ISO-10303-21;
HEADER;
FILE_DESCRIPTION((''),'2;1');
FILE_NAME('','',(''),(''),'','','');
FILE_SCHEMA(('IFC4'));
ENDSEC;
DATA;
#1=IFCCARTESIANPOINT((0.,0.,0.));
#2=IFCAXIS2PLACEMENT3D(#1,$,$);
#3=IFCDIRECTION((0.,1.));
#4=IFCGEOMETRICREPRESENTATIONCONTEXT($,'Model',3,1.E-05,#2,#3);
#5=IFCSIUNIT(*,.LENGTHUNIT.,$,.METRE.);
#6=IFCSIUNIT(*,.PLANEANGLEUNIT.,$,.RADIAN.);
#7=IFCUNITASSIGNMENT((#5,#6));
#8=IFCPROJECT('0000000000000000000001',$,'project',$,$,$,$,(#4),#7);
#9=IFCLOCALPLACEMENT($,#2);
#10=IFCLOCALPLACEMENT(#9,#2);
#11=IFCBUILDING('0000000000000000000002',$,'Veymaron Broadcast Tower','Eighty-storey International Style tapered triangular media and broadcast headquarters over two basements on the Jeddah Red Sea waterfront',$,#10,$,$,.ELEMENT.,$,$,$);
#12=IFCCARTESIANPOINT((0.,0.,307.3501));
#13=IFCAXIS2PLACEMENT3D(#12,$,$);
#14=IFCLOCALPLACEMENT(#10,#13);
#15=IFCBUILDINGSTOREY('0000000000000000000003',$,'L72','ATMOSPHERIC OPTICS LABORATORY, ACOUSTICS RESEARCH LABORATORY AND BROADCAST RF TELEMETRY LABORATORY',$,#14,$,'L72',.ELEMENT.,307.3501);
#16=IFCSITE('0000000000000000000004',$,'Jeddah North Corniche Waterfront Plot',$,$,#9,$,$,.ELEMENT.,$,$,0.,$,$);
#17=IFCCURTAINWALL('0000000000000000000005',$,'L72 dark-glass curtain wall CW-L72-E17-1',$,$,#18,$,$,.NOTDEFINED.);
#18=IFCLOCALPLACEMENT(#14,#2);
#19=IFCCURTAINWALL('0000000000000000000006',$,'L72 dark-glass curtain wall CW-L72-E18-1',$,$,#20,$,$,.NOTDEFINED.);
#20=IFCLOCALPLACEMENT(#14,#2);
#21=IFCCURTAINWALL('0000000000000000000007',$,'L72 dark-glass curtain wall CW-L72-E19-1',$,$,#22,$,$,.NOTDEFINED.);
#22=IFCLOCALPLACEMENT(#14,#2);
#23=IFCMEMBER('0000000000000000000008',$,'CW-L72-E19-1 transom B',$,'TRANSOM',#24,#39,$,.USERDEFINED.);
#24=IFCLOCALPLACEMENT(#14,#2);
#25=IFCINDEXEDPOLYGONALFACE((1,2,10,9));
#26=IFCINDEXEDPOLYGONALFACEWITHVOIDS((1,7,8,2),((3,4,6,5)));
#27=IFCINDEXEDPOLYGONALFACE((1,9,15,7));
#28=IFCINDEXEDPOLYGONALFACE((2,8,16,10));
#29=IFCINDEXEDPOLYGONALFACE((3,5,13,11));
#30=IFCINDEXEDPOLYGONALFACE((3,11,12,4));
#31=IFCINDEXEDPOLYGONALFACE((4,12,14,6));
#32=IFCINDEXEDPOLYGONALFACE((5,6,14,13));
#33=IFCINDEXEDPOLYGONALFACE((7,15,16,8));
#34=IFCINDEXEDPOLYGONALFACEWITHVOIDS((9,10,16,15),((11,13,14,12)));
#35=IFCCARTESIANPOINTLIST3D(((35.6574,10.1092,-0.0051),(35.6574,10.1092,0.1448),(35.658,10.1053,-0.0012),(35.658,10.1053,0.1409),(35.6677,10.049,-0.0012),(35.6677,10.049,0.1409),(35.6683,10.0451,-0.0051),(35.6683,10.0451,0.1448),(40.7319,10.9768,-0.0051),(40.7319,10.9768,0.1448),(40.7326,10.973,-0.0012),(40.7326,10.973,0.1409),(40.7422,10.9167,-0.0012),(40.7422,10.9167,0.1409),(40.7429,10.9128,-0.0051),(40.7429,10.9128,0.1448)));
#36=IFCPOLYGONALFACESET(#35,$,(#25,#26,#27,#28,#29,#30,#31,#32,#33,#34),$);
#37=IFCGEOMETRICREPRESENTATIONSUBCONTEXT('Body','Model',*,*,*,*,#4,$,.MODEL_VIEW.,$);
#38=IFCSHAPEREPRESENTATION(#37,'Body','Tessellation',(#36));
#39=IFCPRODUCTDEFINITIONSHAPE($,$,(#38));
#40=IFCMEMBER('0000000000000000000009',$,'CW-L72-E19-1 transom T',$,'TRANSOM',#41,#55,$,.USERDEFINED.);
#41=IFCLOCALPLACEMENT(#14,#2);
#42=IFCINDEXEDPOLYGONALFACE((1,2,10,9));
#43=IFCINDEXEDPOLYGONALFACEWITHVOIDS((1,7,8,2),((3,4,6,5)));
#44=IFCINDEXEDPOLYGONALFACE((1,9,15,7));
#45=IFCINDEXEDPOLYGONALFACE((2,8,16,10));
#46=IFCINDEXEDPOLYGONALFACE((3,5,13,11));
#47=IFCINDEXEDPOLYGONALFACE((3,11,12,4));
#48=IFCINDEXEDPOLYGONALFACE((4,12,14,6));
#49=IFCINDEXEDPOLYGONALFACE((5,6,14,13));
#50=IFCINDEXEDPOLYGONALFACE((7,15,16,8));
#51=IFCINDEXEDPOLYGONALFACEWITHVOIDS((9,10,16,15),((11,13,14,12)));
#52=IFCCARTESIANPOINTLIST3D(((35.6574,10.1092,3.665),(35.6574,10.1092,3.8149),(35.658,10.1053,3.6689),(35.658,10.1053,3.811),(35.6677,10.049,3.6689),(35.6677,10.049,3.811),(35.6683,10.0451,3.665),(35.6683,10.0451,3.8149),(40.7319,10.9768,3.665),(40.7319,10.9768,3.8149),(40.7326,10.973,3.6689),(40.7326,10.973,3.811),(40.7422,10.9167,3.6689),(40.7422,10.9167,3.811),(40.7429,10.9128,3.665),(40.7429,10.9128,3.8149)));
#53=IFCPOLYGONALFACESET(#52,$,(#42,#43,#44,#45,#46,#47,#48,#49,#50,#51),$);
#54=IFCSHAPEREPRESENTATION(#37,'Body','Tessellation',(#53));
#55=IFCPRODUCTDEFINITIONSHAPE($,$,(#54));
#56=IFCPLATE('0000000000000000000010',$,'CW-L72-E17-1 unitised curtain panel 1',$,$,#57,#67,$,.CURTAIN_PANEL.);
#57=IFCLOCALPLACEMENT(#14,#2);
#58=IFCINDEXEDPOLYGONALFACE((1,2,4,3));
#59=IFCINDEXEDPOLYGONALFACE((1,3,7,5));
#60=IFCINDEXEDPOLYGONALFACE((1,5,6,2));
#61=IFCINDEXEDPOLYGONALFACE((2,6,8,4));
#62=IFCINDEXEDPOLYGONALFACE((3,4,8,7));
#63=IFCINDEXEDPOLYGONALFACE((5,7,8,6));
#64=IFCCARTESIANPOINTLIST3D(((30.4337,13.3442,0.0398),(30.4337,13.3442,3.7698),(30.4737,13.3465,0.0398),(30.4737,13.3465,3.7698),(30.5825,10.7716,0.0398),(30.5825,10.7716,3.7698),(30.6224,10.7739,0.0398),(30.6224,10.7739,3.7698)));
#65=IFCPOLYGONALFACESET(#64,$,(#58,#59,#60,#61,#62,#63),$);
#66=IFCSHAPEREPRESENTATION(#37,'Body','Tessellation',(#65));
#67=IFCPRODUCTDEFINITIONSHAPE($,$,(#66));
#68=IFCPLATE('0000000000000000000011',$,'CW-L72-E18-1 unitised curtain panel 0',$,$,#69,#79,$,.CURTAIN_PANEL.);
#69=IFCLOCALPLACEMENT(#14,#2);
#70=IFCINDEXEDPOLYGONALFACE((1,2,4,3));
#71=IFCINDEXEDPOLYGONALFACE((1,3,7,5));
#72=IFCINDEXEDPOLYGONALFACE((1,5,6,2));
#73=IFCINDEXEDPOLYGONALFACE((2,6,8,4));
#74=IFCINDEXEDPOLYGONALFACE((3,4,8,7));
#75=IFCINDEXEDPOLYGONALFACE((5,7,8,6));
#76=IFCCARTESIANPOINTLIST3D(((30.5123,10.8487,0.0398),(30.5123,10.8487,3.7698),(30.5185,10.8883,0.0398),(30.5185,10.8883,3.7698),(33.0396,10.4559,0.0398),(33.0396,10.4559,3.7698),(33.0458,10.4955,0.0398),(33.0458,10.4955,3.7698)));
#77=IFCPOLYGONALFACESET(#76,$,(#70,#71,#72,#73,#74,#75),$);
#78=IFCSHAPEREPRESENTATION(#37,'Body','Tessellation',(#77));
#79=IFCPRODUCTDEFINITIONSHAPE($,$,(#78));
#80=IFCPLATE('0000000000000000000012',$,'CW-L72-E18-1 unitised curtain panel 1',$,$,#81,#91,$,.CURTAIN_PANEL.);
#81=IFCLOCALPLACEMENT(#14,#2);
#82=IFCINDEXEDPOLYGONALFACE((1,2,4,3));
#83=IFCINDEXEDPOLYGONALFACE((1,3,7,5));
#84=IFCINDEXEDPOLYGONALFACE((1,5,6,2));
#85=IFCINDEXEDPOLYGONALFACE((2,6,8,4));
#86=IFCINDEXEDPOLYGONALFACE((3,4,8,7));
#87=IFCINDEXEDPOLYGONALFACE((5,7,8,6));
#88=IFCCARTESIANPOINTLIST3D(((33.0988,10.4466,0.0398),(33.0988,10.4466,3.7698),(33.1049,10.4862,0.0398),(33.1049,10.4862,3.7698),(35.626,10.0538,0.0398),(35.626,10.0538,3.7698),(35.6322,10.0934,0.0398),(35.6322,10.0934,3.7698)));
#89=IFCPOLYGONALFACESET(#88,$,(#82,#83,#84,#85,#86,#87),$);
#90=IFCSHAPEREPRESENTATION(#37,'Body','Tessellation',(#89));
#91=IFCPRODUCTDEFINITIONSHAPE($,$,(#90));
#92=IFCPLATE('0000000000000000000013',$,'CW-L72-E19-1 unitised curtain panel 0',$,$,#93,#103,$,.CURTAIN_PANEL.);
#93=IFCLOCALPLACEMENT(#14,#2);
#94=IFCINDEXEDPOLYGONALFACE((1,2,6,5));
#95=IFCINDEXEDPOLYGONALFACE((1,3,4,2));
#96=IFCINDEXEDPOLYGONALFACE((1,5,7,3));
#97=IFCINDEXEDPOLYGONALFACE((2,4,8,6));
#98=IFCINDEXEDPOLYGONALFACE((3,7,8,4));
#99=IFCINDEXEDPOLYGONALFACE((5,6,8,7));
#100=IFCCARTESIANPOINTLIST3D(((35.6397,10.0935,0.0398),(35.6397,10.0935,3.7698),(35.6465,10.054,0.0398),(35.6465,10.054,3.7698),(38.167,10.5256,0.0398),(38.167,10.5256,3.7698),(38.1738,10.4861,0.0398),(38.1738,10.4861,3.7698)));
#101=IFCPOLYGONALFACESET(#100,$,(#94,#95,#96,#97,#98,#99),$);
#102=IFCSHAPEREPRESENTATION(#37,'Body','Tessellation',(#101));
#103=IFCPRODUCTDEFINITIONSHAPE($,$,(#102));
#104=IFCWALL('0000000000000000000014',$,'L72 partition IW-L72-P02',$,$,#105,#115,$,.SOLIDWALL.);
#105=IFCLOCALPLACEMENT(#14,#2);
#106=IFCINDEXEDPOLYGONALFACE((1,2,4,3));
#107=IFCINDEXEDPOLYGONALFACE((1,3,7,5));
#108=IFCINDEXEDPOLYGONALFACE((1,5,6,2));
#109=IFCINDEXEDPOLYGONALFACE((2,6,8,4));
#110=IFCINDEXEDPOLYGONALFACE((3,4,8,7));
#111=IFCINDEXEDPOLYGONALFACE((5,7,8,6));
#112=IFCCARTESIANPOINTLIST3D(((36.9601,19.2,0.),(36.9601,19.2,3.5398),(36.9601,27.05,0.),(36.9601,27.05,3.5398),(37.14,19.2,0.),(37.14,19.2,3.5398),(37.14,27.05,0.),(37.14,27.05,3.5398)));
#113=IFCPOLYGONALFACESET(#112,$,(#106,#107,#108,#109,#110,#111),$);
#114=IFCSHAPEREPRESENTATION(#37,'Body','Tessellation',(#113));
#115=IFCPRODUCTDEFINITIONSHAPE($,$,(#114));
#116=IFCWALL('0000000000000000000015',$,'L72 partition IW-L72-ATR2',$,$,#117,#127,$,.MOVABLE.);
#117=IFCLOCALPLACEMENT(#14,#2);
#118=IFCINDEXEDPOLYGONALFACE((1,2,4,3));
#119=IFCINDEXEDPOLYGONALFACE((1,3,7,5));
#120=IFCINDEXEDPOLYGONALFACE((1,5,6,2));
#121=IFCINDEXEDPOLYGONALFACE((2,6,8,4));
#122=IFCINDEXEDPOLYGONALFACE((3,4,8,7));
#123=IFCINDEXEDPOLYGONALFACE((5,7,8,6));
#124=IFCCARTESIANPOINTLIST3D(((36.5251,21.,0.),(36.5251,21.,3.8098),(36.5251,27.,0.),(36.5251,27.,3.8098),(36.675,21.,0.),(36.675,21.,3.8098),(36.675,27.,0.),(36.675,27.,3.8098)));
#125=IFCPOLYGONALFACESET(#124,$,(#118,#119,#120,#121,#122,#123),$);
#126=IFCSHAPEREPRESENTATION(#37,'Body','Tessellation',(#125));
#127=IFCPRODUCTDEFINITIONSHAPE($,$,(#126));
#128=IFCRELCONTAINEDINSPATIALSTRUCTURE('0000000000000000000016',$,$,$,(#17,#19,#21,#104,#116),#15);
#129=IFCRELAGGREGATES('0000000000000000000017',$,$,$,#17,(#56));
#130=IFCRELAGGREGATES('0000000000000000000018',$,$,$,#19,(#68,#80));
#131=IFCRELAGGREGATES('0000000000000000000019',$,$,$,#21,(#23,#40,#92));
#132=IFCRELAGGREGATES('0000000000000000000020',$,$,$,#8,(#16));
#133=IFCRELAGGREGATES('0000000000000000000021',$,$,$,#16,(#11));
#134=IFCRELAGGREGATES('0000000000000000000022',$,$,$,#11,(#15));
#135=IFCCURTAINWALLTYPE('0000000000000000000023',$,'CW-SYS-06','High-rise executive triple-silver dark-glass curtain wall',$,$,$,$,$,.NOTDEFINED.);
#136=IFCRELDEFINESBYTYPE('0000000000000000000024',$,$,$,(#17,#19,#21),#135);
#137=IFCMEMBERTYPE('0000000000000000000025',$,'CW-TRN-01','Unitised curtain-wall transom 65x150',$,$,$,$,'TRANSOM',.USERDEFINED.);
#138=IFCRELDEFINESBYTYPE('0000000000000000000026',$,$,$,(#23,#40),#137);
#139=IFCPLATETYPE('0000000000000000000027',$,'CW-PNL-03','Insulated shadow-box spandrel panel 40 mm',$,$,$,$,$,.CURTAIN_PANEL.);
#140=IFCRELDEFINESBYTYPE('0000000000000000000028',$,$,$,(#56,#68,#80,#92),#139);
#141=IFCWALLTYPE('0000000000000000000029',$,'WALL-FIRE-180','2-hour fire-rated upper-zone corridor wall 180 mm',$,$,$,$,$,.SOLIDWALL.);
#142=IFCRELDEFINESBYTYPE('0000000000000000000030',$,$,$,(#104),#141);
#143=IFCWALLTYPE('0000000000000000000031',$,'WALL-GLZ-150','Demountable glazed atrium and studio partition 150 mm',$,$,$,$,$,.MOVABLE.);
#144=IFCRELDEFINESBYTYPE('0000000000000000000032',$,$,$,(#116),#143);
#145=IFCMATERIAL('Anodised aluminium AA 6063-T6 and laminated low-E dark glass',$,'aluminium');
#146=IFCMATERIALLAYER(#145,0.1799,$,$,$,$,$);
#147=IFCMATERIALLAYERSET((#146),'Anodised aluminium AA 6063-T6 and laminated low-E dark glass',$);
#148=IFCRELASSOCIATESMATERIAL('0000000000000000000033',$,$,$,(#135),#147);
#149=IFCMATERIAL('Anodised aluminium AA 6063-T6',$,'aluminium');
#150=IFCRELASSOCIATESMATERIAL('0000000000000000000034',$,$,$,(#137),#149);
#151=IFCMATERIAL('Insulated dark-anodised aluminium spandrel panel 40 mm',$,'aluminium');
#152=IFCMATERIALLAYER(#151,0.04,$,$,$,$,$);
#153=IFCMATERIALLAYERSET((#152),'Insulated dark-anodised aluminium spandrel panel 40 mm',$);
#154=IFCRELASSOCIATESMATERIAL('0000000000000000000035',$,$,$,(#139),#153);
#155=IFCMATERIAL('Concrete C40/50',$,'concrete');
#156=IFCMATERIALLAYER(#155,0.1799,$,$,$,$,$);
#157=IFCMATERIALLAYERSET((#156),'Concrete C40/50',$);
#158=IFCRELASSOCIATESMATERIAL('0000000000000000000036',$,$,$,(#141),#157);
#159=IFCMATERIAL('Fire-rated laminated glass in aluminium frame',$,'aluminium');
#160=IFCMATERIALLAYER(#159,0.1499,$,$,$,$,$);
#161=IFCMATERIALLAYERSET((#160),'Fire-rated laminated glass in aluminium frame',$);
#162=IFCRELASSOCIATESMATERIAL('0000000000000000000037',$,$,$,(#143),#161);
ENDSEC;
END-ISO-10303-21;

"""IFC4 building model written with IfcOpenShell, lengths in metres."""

from ifc_helpers import new_model, si_unit, direction, frame, frame_2d, origin, origin_2d, place, context, subcontext, project, spatial, rectangle, hollow_rectangle, extrude, material, layer, layer_set, material_profile, profile_set, type_object, element, aggregate, save


model = new_model("IFC4")

# Units and contexts
model_context = context("Model", 3, precision=1e-05, world=origin(), true_north=direction((0.0, 1.0)))
body_context = subcontext(model_context, "Body", "Model", "MODEL_VIEW")
ifc_project = project(units=[si_unit("LENGTHUNIT", "METRE"), si_unit("PLANEANGLEUNIT", "RADIAN")], contexts=[model_context])

# Site, building, storey
site_placement = place(None, origin())
site = spatial("IfcSite", under=ifc_project, at=site_placement, Name="Jeddah North Corniche Waterfront Plot", CompositionType="ELEMENT", RefElevation=0.0)
building_placement = place(site_placement, origin())
building = spatial("IfcBuilding", under=site, at=building_placement, Name="Veymaron Broadcast Tower", Description="Eighty-storey International Style tapered triangular media and broadcast headquarters over two basements on the Jeddah Red Sea waterfront", CompositionType="ELEMENT")
storey_placement = place(building_placement, frame((0.0, 0.0, 307.3501)))
storey = spatial("IfcBuildingStorey", under=building, at=storey_placement, Name="L72", Description="ATMOSPHERIC OPTICS LABORATORY, ACOUSTICS RESEARCH LABORATORY AND BROADCAST RF TELEMETRY LABORATORY", LongName="L72", CompositionType="ELEMENT", Elevation=307.3501)

# Curtain walls
ifc_material_1 = material(Name="Anodised aluminium AA 6063-T6 and laminated low-E dark glass", Category="aluminium")
ifc_layer_1 = layer(ifc_material_1, 0.1799)
ifc_layer_set_1 = layer_set([ifc_layer_1], Name="Anodised aluminium AA 6063-T6 and laminated low-E dark glass")
curtain_wall_type = type_object("IfcCurtainWallType", Name="CW-SYS-06", Description="High-rise executive triple-silver dark-glass curtain wall", PredefinedType="NOTDEFINED", material=ifc_layer_set_1)
curtain_wall_1_placement = place(storey_placement, origin())
curtain_wall_1 = element("IfcCurtainWall", 1, at=curtain_wall_1_placement, inside=storey, type_object=curtain_wall_type, Name="L72 dark-glass curtain wall CW-L72-E17-1", PredefinedType="NOTDEFINED")
ifc_material_2 = material(Name="Anodised aluminium AA 6063-T6", Category="aluminium")
curtain_wall_2_placement = place(storey_placement, origin())
curtain_wall_2 = element("IfcCurtainWall", 2, at=curtain_wall_2_placement, inside=storey, type_object=curtain_wall_type, Name="L72 dark-glass curtain wall CW-L72-E18-1", PredefinedType="NOTDEFINED")

# Curtain wall
curtain_wall_3_placement = place(storey_placement, origin())
curtain_wall_3 = element("IfcCurtainWall", 3, at=curtain_wall_3_placement, inside=storey, type_object=curtain_wall_type, Name="L72 dark-glass curtain wall CW-L72-E19-1", PredefinedType="NOTDEFINED")

# Members
ifc_material_profile_1 = material_profile(ifc_material_2, hollow_rectangle(XDim=0.0649, YDim=0.1499, WallThickness=0.0039, at=origin_2d()), Name="AL150X65X4")
ifc_profile_set_1 = profile_set([ifc_material_profile_1], Name="Anodised aluminium AA 6063-T6")
member_type_1 = type_object("IfcMemberType", Name="CW-TRN-01", Description="Unitised curtain-wall transom 65x150", ElementType="TRANSOM", PredefinedType="USERDEFINED", material=ifc_profile_set_1)
member_1_placement = place(storey_placement, frame((35.6628, 10.0771, 0.0698), z_axis=(0.985694, 0.168543, 0.0), x_axis=(-0.168543, 0.985694, 0.0)))
member_1 = element("IfcMember", 4, at=member_1_placement, type_object=member_type_1, Name="CW-L72-E19-1 transom B", ObjectType="TRANSOM", PredefinedType="USERDEFINED", context=body_context, shape_type="SweptSolid", body=[
    extrude(hollow_rectangle(XDim=0.0649, YDim=0.1499, WallThickness=0.0039, at=origin_2d()), origin(), (0.0, 0.0, 1.0), 5.1482),
])
member_2_placement = place(storey_placement, frame((35.6628, 10.0771, 3.74), z_axis=(0.985694, 0.168543, 0.0), x_axis=(-0.168543, 0.985694, 0.0)))
member_2 = element("IfcMember", 5, at=member_2_placement, type_object=member_type_1, Name="CW-L72-E19-1 transom T", ObjectType="TRANSOM", PredefinedType="USERDEFINED", context=body_context, shape_type="SweptSolid", body=[
    extrude(hollow_rectangle(XDim=0.0649, YDim=0.1499, WallThickness=0.0039, at=origin_2d()), origin(), (0.0, 0.0, 1.0), 5.1482),
])

# Plates
ifc_material_3 = material(Name="Insulated dark-anodised aluminium spandrel panel 40 mm", Category="aluminium")
ifc_layer_2 = layer(ifc_material_3, 0.04)
ifc_layer_set_2 = layer_set([ifc_layer_2], Name="Insulated dark-anodised aluminium spandrel panel 40 mm")
plate_type = type_object("IfcPlateType", Name="CW-PNL-03", Description="Insulated shadow-box spandrel panel 40 mm", PredefinedType="CURTAIN_PANEL", material=ifc_layer_set_2)
plate_1_placement = place(storey_placement, frame((30.5281, 12.0591, 0.0398), z_axis=(0.0, 0.0, 1.0), x_axis=(0.057721, -0.998333, 0.0)))
plate_1 = element("IfcPlate", 6, at=plate_1_placement, type_object=plate_type, Name="CW-L72-E17-1 unitised curtain panel 1", PredefinedType="CURTAIN_PANEL", context=body_context, shape_type="SweptSolid", body=[
    extrude(rectangle(XDim=2.5769, YDim=0.04, at=origin_2d()), origin(), (0.0, 0.0, 1.0), 3.73),
])
aggregate(curtain_wall_1, [plate_1])
plate_2_placement = place(storey_placement, frame((31.7791, 10.6721, 0.0398), z_axis=(0.0, 0.0, 1.0), x_axis=(0.988135, -0.153589, 0.0)))
plate_2 = element("IfcPlate", 7, at=plate_2_placement, type_object=plate_type, Name="CW-L72-E18-1 unitised curtain panel 0", PredefinedType="CURTAIN_PANEL", context=body_context, shape_type="SweptSolid", body=[
    extrude(rectangle(XDim=2.5576, YDim=0.04, at=origin_2d()), origin(), (0.0, 0.0, 1.0), 3.73),
])
plate_3_placement = place(storey_placement, frame((34.3655, 10.27, 0.0398), z_axis=(0.0, 0.0, 1.0), x_axis=(0.988135, -0.153589, 0.0)))
plate_3 = element("IfcPlate", 8, at=plate_3_placement, type_object=plate_type, Name="CW-L72-E18-1 unitised curtain panel 1", PredefinedType="CURTAIN_PANEL", context=body_context, shape_type="SweptSolid", body=[
    extrude(rectangle(XDim=2.5576, YDim=0.04, at=origin_2d()), origin(), (0.0, 0.0, 1.0), 3.73),
])
aggregate(curtain_wall_2, [plate_2, plate_3])
plate_4_placement = place(storey_placement, frame((36.9067, 10.2898, 0.0398), z_axis=(0.0, 0.0, 1.0), x_axis=(0.985698, 0.168524, 0.0)))
plate_4 = element("IfcPlate", 9, at=plate_4_placement, type_object=plate_type, Name="CW-L72-E19-1 unitised curtain panel 0", PredefinedType="CURTAIN_PANEL", context=body_context, shape_type="SweptSolid", body=[
    extrude(rectangle(XDim=2.564, YDim=0.04, at=origin_2d()), origin(), (0.0, 0.0, 1.0), 3.73),
])
aggregate(curtain_wall_3, [member_1, member_2, plate_4])

# Walls
ifc_material_4 = material(Name="Concrete C40/50", Category="concrete")
ifc_layer_3 = layer(ifc_material_4, 0.1799)
ifc_layer_set_3 = layer_set([ifc_layer_3], Name="Concrete C40/50")
wall_type_1 = type_object("IfcWallType", Name="WALL-FIRE-180", Description="2-hour fire-rated upper-zone corridor wall 180 mm", PredefinedType="SOLIDWALL", material=ifc_layer_set_3)
wall_1_placement = place(storey_placement, frame((37.05, 19.2, 0.0), z_axis=(0.0, 0.0, 1.0), x_axis=(0.0, 1.0, 0.0)))
element("IfcWall", 10, at=wall_1_placement, inside=storey, type_object=wall_type_1, Name="L72 partition IW-L72-P02", PredefinedType="SOLIDWALL", context=body_context, shape_type="SweptSolid", body=[
    extrude(rectangle(XDim=7.8501, YDim=0.1799, at=frame_2d((3.925, 0.0))), origin(), (0.0, 0.0, 1.0), 3.5398),
])
ifc_material_5 = material(Name="Fire-rated laminated glass in aluminium frame", Category="aluminium")
ifc_layer_4 = layer(ifc_material_5, 0.1499)
ifc_layer_set_4 = layer_set([ifc_layer_4], Name="Fire-rated laminated glass in aluminium frame")
wall_type_2 = type_object("IfcWallType", Name="WALL-GLZ-150", Description="Demountable glazed atrium and studio partition 150 mm", PredefinedType="MOVABLE", material=ifc_layer_set_4)
wall_2_placement = place(storey_placement, frame((36.6001, 21.0, 0.0), z_axis=(0.0, 0.0, 1.0), x_axis=(0.0, 1.0, 0.0)))
element("IfcWall", 11, at=wall_2_placement, inside=storey, type_object=wall_type_2, Name="L72 partition IW-L72-ATR2", PredefinedType="MOVABLE", context=body_context, shape_type="SweptSolid", body=[
    extrude(rectangle(XDim=6.0, YDim=0.1499, at=frame_2d((3.0, 0.0))), origin(), (0.0, 0.0, 1.0), 3.8098),
])

save(model, "model.ifc")
